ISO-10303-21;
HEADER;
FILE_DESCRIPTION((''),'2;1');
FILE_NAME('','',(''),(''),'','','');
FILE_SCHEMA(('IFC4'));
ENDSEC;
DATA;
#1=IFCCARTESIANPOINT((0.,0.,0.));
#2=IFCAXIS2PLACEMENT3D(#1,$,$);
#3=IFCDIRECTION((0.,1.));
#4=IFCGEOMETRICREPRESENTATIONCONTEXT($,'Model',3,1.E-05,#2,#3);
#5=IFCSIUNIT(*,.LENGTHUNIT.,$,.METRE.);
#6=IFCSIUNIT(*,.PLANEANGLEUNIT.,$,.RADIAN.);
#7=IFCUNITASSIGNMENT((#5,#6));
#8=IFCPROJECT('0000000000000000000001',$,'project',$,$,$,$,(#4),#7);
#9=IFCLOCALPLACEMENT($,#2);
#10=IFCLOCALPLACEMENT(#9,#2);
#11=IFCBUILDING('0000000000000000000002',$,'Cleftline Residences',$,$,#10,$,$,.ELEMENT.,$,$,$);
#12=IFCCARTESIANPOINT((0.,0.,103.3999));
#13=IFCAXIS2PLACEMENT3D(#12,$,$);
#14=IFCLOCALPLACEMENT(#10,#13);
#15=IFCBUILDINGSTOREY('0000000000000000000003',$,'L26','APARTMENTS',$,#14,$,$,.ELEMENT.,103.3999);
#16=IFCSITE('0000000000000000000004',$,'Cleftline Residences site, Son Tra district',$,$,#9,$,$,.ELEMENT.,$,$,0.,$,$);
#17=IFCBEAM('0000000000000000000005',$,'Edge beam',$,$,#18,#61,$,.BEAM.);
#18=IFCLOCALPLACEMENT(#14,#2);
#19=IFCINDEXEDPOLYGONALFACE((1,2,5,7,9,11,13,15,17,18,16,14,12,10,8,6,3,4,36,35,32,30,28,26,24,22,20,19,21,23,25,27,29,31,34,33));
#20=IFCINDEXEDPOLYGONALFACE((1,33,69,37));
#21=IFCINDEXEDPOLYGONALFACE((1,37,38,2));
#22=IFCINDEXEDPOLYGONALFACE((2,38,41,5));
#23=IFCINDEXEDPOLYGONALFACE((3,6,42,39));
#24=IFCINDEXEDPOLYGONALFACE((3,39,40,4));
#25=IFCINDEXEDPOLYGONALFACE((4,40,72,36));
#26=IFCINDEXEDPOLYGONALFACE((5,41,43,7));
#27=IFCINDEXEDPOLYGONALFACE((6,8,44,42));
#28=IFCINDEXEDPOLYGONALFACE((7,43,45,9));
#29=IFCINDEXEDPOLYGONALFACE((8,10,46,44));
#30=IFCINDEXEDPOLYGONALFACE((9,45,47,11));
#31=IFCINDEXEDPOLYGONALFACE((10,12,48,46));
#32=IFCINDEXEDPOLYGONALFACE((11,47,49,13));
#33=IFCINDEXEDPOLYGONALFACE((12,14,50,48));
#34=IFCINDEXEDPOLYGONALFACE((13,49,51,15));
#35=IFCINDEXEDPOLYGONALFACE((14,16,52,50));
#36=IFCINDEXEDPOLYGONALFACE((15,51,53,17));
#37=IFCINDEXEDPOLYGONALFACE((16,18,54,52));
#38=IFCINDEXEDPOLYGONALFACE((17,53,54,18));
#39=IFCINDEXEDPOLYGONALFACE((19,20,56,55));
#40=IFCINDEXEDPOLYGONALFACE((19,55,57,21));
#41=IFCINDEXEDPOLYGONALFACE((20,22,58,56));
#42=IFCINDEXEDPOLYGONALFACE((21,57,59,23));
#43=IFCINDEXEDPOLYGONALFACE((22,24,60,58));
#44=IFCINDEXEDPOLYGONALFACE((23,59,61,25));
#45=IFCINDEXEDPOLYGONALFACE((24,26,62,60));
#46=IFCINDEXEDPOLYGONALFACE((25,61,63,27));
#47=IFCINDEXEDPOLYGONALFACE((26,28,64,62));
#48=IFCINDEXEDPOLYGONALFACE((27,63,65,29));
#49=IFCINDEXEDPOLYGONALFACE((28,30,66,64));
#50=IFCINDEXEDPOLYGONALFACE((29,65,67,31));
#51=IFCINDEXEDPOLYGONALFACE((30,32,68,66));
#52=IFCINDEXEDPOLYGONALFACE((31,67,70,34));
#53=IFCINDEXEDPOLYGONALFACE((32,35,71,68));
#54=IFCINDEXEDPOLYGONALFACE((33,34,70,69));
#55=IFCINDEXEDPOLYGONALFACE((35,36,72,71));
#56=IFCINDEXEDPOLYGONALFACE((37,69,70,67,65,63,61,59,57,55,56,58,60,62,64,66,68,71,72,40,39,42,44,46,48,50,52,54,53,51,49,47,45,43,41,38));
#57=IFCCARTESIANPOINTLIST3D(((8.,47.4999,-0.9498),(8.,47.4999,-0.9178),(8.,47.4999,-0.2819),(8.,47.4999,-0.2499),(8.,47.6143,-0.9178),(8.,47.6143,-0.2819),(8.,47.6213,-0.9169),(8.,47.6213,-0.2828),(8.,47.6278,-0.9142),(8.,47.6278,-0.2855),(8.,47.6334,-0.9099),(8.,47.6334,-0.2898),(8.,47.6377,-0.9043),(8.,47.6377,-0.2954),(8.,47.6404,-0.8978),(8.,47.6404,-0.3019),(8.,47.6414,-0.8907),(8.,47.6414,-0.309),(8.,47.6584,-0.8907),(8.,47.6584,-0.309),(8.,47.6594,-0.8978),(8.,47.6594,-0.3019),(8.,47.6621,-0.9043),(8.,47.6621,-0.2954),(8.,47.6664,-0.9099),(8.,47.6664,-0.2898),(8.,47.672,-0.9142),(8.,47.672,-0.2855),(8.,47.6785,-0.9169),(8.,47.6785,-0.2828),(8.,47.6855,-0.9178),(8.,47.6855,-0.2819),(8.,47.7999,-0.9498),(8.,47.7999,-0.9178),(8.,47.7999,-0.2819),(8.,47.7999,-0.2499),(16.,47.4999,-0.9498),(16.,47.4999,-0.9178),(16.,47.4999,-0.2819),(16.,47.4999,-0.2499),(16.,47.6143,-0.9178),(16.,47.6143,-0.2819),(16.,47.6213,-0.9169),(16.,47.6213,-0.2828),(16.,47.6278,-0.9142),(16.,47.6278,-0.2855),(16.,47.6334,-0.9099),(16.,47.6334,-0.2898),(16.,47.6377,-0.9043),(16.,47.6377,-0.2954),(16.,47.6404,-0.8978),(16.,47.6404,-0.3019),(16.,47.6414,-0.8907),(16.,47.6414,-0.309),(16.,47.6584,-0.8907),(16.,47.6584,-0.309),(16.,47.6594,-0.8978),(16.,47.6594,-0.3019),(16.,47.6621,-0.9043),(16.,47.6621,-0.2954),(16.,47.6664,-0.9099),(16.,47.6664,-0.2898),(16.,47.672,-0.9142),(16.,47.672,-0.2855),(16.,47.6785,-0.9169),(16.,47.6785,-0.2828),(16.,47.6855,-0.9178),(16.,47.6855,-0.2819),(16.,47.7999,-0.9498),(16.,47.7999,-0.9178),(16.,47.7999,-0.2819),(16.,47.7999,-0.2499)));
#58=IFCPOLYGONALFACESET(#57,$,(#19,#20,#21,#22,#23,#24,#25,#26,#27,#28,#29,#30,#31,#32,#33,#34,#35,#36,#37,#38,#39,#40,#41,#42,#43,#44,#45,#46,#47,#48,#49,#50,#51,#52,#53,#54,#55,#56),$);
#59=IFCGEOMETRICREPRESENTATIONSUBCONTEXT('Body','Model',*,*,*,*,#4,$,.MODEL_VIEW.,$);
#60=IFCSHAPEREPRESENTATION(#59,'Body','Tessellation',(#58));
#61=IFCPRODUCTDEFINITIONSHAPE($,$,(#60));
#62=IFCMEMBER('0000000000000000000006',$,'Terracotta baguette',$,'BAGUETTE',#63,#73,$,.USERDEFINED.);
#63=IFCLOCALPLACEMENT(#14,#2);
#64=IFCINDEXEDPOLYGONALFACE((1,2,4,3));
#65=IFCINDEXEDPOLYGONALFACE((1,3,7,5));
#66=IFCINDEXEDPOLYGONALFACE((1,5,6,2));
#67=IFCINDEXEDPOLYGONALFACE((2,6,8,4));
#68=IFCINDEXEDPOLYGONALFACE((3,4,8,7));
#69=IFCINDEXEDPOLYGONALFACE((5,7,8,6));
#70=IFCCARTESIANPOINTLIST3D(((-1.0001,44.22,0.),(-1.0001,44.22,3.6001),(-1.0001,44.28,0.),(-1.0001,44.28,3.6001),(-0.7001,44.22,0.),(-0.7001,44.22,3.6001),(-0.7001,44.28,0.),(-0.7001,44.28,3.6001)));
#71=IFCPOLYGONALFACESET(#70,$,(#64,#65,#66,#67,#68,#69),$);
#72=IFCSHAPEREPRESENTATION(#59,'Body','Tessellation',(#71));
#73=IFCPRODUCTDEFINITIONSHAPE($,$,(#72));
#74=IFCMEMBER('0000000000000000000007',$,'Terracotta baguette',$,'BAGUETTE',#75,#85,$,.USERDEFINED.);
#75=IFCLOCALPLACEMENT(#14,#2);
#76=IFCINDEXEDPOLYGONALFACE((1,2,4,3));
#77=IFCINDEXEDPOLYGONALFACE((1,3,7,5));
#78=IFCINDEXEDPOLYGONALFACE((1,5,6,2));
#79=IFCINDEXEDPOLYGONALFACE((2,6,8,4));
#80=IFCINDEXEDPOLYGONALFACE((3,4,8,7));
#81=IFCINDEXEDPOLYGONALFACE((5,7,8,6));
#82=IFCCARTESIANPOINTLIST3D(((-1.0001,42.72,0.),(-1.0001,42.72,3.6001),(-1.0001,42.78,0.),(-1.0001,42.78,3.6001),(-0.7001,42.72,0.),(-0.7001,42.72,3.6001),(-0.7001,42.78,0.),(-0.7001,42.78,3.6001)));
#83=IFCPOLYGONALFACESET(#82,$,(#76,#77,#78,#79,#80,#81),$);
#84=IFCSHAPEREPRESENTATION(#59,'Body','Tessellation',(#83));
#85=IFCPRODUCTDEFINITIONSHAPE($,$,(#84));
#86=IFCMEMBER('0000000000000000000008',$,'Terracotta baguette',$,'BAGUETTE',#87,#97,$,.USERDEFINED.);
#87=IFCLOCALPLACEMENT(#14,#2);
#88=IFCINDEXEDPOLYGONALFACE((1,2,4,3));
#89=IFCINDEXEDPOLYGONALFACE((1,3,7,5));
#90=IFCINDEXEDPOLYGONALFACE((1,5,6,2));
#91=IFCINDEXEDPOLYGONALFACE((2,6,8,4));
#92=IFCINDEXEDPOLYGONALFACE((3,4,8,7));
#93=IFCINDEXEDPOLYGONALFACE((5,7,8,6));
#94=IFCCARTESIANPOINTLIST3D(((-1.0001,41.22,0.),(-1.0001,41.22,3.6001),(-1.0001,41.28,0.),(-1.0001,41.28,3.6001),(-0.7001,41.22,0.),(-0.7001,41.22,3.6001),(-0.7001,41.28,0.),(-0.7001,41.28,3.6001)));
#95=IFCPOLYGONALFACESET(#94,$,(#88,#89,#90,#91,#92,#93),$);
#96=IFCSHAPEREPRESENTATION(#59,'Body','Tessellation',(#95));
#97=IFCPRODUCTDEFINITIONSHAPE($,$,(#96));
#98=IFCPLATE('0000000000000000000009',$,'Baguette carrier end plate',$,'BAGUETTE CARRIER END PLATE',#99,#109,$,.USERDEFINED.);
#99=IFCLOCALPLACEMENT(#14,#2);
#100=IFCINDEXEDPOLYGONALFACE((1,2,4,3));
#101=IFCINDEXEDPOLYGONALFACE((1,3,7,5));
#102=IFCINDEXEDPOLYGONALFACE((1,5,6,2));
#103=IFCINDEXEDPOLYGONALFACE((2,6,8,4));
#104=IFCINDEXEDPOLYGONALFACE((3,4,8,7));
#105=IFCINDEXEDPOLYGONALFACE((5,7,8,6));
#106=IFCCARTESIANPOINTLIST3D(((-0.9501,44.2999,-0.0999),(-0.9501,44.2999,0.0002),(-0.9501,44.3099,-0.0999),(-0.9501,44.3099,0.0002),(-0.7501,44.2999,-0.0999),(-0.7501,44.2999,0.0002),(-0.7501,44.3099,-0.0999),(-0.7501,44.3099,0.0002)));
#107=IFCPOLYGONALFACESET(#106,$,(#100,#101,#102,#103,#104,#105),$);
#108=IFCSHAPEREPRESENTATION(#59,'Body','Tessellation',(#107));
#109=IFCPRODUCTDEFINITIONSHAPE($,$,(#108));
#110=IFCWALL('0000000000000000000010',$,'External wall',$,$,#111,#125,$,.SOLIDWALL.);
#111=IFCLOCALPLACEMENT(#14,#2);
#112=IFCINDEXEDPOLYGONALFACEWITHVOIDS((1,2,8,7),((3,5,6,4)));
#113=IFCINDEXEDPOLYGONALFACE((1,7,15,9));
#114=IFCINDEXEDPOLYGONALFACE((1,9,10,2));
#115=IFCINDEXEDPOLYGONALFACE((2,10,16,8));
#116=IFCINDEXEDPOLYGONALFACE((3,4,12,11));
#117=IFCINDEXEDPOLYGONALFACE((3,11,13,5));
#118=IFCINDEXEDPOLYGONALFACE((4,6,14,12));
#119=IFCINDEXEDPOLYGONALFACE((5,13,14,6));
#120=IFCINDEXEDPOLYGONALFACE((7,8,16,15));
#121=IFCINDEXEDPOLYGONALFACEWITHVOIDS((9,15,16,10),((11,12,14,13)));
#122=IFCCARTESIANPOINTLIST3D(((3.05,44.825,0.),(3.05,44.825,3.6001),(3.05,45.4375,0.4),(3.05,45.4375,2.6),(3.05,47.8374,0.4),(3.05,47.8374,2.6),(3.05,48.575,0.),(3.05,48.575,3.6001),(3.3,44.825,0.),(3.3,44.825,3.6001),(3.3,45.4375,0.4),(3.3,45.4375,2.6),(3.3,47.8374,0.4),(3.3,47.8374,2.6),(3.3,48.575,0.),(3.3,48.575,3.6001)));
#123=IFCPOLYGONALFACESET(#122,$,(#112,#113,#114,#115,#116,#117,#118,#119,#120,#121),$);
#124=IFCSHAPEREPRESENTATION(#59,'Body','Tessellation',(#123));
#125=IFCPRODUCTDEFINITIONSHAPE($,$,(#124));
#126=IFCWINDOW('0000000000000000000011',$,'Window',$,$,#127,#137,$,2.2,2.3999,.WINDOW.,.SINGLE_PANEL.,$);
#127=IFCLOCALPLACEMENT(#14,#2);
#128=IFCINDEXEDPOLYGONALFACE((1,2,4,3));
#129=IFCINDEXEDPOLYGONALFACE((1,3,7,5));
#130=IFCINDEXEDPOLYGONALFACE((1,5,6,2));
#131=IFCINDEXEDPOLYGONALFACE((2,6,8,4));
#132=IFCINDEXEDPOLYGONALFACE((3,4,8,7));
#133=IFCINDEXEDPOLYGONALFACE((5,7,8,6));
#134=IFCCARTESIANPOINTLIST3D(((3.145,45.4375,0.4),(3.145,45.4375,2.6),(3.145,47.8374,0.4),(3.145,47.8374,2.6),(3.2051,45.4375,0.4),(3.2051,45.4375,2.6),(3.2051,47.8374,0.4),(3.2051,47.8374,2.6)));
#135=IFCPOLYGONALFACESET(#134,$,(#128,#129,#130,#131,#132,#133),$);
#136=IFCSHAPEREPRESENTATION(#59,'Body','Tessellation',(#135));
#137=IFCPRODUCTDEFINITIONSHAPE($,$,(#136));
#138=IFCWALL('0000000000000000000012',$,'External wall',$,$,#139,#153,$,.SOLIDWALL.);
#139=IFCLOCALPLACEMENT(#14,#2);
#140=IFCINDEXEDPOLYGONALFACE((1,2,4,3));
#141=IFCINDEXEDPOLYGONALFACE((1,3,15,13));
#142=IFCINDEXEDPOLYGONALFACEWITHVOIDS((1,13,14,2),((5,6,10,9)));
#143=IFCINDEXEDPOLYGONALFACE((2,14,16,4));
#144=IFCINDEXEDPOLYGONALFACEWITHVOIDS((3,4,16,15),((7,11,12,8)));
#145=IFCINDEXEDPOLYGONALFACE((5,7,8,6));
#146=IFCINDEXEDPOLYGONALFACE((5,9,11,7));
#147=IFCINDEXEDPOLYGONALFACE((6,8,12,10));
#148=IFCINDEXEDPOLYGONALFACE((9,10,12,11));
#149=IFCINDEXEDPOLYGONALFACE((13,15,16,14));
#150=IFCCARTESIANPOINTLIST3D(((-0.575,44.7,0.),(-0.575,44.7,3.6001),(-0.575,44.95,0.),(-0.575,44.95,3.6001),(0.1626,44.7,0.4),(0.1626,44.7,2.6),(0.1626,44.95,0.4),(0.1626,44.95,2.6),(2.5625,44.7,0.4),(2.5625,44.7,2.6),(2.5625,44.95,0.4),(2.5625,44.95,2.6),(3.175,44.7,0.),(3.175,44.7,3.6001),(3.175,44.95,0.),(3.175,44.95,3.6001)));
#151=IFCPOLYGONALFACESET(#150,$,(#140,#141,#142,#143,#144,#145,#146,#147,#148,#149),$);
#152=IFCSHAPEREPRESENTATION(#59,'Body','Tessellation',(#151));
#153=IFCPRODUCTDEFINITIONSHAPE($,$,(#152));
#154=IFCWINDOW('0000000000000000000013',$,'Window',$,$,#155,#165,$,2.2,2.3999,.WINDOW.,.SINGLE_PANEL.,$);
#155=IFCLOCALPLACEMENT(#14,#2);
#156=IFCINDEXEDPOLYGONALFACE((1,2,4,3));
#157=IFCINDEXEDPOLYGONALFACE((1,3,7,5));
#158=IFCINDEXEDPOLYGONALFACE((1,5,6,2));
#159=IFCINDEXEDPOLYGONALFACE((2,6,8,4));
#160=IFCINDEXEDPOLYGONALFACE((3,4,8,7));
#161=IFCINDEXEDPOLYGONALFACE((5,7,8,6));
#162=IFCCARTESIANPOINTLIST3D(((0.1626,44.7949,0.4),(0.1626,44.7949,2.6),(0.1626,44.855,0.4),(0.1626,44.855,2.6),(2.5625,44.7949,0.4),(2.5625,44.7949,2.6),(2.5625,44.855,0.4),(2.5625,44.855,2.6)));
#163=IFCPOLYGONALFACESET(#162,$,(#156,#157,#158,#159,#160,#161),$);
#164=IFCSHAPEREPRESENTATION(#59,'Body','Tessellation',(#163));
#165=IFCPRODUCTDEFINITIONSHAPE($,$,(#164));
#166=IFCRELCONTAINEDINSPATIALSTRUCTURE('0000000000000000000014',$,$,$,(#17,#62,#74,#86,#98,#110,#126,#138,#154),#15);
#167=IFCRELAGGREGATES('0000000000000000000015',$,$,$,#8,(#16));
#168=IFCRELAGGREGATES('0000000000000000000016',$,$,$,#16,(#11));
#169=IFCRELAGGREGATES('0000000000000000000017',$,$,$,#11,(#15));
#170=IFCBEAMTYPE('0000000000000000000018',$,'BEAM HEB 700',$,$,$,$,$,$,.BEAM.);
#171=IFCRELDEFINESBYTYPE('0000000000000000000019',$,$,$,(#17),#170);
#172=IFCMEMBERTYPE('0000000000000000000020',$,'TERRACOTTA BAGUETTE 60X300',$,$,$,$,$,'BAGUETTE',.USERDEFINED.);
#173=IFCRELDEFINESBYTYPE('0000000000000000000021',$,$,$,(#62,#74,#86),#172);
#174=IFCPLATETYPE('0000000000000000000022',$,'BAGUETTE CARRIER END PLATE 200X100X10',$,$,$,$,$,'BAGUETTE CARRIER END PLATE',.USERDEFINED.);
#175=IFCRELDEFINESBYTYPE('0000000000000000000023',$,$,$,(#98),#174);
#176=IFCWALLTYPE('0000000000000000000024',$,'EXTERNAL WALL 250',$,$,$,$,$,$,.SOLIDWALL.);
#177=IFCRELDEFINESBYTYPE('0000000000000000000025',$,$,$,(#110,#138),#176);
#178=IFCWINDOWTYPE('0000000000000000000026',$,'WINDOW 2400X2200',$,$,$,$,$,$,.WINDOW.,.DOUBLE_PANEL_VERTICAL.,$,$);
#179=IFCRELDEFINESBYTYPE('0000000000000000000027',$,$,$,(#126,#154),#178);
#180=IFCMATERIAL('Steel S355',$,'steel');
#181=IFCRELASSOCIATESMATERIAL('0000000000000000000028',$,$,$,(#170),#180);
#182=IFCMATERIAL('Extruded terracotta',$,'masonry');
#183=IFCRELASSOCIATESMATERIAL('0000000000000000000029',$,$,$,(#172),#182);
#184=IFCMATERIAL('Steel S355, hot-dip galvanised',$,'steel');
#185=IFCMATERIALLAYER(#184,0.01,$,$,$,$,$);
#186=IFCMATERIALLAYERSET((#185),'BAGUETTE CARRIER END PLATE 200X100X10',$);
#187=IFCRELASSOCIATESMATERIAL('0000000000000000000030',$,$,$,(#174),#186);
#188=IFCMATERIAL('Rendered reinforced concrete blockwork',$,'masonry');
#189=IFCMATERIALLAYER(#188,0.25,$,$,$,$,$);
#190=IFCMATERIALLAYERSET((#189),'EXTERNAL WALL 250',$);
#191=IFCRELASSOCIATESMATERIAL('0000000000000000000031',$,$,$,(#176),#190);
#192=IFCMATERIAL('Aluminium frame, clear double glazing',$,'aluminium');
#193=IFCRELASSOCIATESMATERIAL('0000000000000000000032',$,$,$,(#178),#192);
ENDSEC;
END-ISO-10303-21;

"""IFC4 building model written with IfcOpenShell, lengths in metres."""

from ifc_helpers import new_model, si_unit, direction, frame, frame_2d, origin, origin_2d, place, context, subcontext, project, spatial, rectangle, i_section, extrude, material, layer, layer_set, material_profile, profile_set, type_object, element, fill, save


model = new_model("IFC4")

# Units and contexts
model_context = context("Model", 3, precision=1e-05, world=origin(), true_north=direction((0.0, 1.0)))
body_context = subcontext(model_context, "Body", "Model", "MODEL_VIEW")
ifc_project = project(units=[si_unit("LENGTHUNIT", "METRE"), si_unit("PLANEANGLEUNIT", "RADIAN")], contexts=[model_context])

# Site, building, storey
site_placement = place(None, origin())
site = spatial("IfcSite", under=ifc_project, at=site_placement, Name="Cleftline Residences site, Son Tra district", CompositionType="ELEMENT", RefElevation=0.0)
building_placement = place(site_placement, origin())
building = spatial("IfcBuilding", under=site, at=building_placement, Name="Cleftline Residences", CompositionType="ELEMENT")
storey_placement = place(building_placement, frame((0.0, 0.0, 103.3999)))
storey = spatial("IfcBuildingStorey", under=building, at=storey_placement, Name="L26", Description="APARTMENTS", CompositionType="ELEMENT", Elevation=103.3999)

# Beam
ifc_material_1 = material(Name="Steel S355", Category="steel")
ifc_material_profile_1 = material_profile(ifc_material_1, i_section(OverallWidth=0.3, OverallDepth=0.7, WebThickness=0.0171, FlangeThickness=0.032, FilletRadius=0.0271, at=origin_2d()))
ifc_profile_set_1 = profile_set([ifc_material_profile_1], Name="Steel S355")
beam_type = type_object("IfcBeamType", Name="BEAM HEB 700", PredefinedType="BEAM", material=ifc_profile_set_1)
beam_placement = place(storey_placement, frame((8.0, 47.6499, -0.5999), z_axis=(1.0, 0.0, 0.0), x_axis=(0.0, 1.0, 0.0)))
element("IfcBeam", 1, at=beam_placement, inside=storey, type_object=beam_type, Name="Edge beam", PredefinedType="BEAM", context=body_context, shape_type="SweptSolid", body=[
    extrude(i_section(OverallWidth=0.3, OverallDepth=0.7, WebThickness=0.0171, FlangeThickness=0.032, FilletRadius=0.0271, at=origin_2d()), origin(), (0.0, 0.0, 1.0), 8.0),
])

# Members
ifc_material_2 = material(Name="Extruded terracotta", Category="masonry")
ifc_material_profile_2 = material_profile(ifc_material_2, rectangle(XDim=0.0601, YDim=0.3, at=origin_2d()))
ifc_profile_set_2 = profile_set([ifc_material_profile_2], Name="Extruded terracotta")
member_type_1 = type_object("IfcMemberType", Name="TERRACOTTA BAGUETTE 60X300", ElementType="BAGUETTE", PredefinedType="USERDEFINED", material=ifc_profile_set_2)
for number, where, z_axis, x_axis, name in (
    (2, (-0.8501, 44.25, 0.0), (0.0, 0.0, 1.0), (0.0, 1.0, 0.0), "Terracotta baguette"),
    (3, (-0.8501, 42.75, 0.0), (0.0, 0.0, 1.0), (0.0, 1.0, 0.0), "Terracotta baguette"),
    (4, (-0.8501, 41.25, 0.0), (0.0, 0.0, 1.0), (0.0, 1.0, 0.0), "Terracotta baguette"),
):
    element("IfcMember", number, at=place(storey_placement, frame(where, z_axis=z_axis, x_axis=x_axis)), inside=storey, type_object=member_type_1, Name=name, ObjectType="BAGUETTE", PredefinedType="USERDEFINED", context=body_context, shape_type="SweptSolid", body=[
        extrude(rectangle(XDim=0.0601, YDim=0.3, at=origin_2d()), origin(), (0.0, 0.0, 1.0), 3.6001),
    ])

# Plate
ifc_material_3 = material(Name="Steel S355, hot-dip galvanised", Category="steel")
ifc_layer_1 = layer(ifc_material_3, 0.01)
ifc_layer_set_1 = layer_set([ifc_layer_1], Name="BAGUETTE CARRIER END PLATE 200X100X10")
plate_type = type_object("IfcPlateType", Name="BAGUETTE CARRIER END PLATE 200X100X10", ElementType="BAGUETTE CARRIER END PLATE", PredefinedType="USERDEFINED", material=ifc_layer_set_1)
plate_placement = place(storey_placement, frame((-0.8501, 44.3049, -0.0999), z_axis=(0.0, 0.0, 1.0), x_axis=(-1.0, 0.0, 0.0)))
element("IfcPlate", 5, at=plate_placement, inside=storey, type_object=plate_type, Name="Baguette carrier end plate", ObjectType="BAGUETTE CARRIER END PLATE", PredefinedType="USERDEFINED", context=body_context, shape_type="SweptSolid", body=[
    extrude(rectangle(XDim=0.2, YDim=0.01, at=origin_2d()), origin(), (0.0, 0.0, 1.0), 0.1001),
])

# Walls, openings, windows
ifc_material_4 = material(Name="Rendered reinforced concrete blockwork", Category="masonry")
ifc_layer_2 = layer(ifc_material_4, 0.25)
ifc_layer_set_2 = layer_set([ifc_layer_2], Name="EXTERNAL WALL 250")
wall_type_1 = type_object("IfcWallType", Name="EXTERNAL WALL 250", PredefinedType="SOLIDWALL", material=ifc_layer_set_2)
wall_1_placement = place(storey_placement, frame((3.175, 48.575, 0.0), z_axis=(0.0, 0.0, 1.0), x_axis=(0.0, -1.0, 0.0)))
wall_1 = element("IfcWall", 6, at=wall_1_placement, inside=storey, type_object=wall_type_1, Name="External wall", PredefinedType="SOLIDWALL", context=body_context, shape_type="SweptSolid", body=[
    extrude(rectangle(XDim=3.75, YDim=0.25, at=frame_2d((1.875, 0.0))), origin(), (0.0, 0.0, 1.0), 3.6001),
])
opening_1_placement = place(wall_1_placement, frame((0.7375, 0.0, 0.3999)))
opening_1 = element("IfcOpeningElement", 7, at=opening_1_placement, cuts=wall_1, PredefinedType="OPENING", context=body_context, shape_type="SweptSolid", body=[
    extrude(rectangle(XDim=2.3999, YDim=2.2, at=frame_2d((1.2, 1.1001))), frame((0.0, 0.135, 0.0), z_axis=(0.0, -1.0, 0.0), x_axis=(1.0, 0.0, 0.0)), (0.0, 0.0, 1.0), 0.27),
])
ifc_material_5 = material(Name="Aluminium frame, clear double glazing", Category="aluminium")
window_type_1 = type_object("IfcWindowType", Name="WINDOW 2400X2200", PartitioningType="DOUBLE_PANEL_VERTICAL", PredefinedType="WINDOW", material=ifc_material_5)
window_1_placement = place(opening_1_placement, origin())
window_1 = element("IfcWindow", 8, at=window_1_placement, inside=storey, type_object=window_type_1, Name="Window", OverallHeight=2.2, OverallWidth=2.3999, PartitioningType="SINGLE_PANEL", PredefinedType="WINDOW", context=body_context, shape_type="SweptSolid", body=[
    extrude(rectangle(XDim=2.3999, YDim=2.2, at=frame_2d((1.2, 1.1001))), frame((0.0, 0.03, 0.0), z_axis=(0.0, -1.0, 0.0), x_axis=(1.0, 0.0, 0.0)), (0.0, 0.0, 1.0), 0.0601),
])
fill(opening_1, window_1)
wall_2_placement = place(storey_placement, frame((3.175, 44.825, 0.0), z_axis=(0.0, 0.0, 1.0), x_axis=(-1.0, 0.0, 0.0)))
wall_2 = element("IfcWall", 9, at=wall_2_placement, inside=storey, type_object=wall_type_1, Name="External wall", PredefinedType="SOLIDWALL", context=body_context, shape_type="SweptSolid", body=[
    extrude(rectangle(XDim=3.75, YDim=0.25, at=frame_2d((1.875, 0.0))), origin(), (0.0, 0.0, 1.0), 3.6001),
])
opening_2_placement = place(wall_2_placement, frame((0.6125, 0.0, 0.3999)))
opening_2 = element("IfcOpeningElement", 10, at=opening_2_placement, cuts=wall_2, PredefinedType="OPENING", context=body_context, shape_type="SweptSolid", body=[
    extrude(rectangle(XDim=2.3999, YDim=2.2, at=frame_2d((1.2, 1.1001))), frame((0.0, 0.135, 0.0), z_axis=(0.0, -1.0, 0.0), x_axis=(1.0, 0.0, 0.0)), (0.0, 0.0, 1.0), 0.27),
])
window_2_placement = place(opening_2_placement, origin())
window_2 = element("IfcWindow", 11, at=window_2_placement, inside=storey, type_object=window_type_1, Name="Window", OverallHeight=2.2, OverallWidth=2.3999, PartitioningType="SINGLE_PANEL", PredefinedType="WINDOW", context=body_context, shape_type="SweptSolid", body=[
    extrude(rectangle(XDim=2.3999, YDim=2.2, at=frame_2d((1.2, 1.1001))), frame((0.0, 0.03, 0.0), z_axis=(0.0, -1.0, 0.0), x_axis=(1.0, 0.0, 0.0)), (0.0, 0.0, 1.0), 0.0601),
])
fill(opening_2, window_2)

save(model, "model.ifc")
